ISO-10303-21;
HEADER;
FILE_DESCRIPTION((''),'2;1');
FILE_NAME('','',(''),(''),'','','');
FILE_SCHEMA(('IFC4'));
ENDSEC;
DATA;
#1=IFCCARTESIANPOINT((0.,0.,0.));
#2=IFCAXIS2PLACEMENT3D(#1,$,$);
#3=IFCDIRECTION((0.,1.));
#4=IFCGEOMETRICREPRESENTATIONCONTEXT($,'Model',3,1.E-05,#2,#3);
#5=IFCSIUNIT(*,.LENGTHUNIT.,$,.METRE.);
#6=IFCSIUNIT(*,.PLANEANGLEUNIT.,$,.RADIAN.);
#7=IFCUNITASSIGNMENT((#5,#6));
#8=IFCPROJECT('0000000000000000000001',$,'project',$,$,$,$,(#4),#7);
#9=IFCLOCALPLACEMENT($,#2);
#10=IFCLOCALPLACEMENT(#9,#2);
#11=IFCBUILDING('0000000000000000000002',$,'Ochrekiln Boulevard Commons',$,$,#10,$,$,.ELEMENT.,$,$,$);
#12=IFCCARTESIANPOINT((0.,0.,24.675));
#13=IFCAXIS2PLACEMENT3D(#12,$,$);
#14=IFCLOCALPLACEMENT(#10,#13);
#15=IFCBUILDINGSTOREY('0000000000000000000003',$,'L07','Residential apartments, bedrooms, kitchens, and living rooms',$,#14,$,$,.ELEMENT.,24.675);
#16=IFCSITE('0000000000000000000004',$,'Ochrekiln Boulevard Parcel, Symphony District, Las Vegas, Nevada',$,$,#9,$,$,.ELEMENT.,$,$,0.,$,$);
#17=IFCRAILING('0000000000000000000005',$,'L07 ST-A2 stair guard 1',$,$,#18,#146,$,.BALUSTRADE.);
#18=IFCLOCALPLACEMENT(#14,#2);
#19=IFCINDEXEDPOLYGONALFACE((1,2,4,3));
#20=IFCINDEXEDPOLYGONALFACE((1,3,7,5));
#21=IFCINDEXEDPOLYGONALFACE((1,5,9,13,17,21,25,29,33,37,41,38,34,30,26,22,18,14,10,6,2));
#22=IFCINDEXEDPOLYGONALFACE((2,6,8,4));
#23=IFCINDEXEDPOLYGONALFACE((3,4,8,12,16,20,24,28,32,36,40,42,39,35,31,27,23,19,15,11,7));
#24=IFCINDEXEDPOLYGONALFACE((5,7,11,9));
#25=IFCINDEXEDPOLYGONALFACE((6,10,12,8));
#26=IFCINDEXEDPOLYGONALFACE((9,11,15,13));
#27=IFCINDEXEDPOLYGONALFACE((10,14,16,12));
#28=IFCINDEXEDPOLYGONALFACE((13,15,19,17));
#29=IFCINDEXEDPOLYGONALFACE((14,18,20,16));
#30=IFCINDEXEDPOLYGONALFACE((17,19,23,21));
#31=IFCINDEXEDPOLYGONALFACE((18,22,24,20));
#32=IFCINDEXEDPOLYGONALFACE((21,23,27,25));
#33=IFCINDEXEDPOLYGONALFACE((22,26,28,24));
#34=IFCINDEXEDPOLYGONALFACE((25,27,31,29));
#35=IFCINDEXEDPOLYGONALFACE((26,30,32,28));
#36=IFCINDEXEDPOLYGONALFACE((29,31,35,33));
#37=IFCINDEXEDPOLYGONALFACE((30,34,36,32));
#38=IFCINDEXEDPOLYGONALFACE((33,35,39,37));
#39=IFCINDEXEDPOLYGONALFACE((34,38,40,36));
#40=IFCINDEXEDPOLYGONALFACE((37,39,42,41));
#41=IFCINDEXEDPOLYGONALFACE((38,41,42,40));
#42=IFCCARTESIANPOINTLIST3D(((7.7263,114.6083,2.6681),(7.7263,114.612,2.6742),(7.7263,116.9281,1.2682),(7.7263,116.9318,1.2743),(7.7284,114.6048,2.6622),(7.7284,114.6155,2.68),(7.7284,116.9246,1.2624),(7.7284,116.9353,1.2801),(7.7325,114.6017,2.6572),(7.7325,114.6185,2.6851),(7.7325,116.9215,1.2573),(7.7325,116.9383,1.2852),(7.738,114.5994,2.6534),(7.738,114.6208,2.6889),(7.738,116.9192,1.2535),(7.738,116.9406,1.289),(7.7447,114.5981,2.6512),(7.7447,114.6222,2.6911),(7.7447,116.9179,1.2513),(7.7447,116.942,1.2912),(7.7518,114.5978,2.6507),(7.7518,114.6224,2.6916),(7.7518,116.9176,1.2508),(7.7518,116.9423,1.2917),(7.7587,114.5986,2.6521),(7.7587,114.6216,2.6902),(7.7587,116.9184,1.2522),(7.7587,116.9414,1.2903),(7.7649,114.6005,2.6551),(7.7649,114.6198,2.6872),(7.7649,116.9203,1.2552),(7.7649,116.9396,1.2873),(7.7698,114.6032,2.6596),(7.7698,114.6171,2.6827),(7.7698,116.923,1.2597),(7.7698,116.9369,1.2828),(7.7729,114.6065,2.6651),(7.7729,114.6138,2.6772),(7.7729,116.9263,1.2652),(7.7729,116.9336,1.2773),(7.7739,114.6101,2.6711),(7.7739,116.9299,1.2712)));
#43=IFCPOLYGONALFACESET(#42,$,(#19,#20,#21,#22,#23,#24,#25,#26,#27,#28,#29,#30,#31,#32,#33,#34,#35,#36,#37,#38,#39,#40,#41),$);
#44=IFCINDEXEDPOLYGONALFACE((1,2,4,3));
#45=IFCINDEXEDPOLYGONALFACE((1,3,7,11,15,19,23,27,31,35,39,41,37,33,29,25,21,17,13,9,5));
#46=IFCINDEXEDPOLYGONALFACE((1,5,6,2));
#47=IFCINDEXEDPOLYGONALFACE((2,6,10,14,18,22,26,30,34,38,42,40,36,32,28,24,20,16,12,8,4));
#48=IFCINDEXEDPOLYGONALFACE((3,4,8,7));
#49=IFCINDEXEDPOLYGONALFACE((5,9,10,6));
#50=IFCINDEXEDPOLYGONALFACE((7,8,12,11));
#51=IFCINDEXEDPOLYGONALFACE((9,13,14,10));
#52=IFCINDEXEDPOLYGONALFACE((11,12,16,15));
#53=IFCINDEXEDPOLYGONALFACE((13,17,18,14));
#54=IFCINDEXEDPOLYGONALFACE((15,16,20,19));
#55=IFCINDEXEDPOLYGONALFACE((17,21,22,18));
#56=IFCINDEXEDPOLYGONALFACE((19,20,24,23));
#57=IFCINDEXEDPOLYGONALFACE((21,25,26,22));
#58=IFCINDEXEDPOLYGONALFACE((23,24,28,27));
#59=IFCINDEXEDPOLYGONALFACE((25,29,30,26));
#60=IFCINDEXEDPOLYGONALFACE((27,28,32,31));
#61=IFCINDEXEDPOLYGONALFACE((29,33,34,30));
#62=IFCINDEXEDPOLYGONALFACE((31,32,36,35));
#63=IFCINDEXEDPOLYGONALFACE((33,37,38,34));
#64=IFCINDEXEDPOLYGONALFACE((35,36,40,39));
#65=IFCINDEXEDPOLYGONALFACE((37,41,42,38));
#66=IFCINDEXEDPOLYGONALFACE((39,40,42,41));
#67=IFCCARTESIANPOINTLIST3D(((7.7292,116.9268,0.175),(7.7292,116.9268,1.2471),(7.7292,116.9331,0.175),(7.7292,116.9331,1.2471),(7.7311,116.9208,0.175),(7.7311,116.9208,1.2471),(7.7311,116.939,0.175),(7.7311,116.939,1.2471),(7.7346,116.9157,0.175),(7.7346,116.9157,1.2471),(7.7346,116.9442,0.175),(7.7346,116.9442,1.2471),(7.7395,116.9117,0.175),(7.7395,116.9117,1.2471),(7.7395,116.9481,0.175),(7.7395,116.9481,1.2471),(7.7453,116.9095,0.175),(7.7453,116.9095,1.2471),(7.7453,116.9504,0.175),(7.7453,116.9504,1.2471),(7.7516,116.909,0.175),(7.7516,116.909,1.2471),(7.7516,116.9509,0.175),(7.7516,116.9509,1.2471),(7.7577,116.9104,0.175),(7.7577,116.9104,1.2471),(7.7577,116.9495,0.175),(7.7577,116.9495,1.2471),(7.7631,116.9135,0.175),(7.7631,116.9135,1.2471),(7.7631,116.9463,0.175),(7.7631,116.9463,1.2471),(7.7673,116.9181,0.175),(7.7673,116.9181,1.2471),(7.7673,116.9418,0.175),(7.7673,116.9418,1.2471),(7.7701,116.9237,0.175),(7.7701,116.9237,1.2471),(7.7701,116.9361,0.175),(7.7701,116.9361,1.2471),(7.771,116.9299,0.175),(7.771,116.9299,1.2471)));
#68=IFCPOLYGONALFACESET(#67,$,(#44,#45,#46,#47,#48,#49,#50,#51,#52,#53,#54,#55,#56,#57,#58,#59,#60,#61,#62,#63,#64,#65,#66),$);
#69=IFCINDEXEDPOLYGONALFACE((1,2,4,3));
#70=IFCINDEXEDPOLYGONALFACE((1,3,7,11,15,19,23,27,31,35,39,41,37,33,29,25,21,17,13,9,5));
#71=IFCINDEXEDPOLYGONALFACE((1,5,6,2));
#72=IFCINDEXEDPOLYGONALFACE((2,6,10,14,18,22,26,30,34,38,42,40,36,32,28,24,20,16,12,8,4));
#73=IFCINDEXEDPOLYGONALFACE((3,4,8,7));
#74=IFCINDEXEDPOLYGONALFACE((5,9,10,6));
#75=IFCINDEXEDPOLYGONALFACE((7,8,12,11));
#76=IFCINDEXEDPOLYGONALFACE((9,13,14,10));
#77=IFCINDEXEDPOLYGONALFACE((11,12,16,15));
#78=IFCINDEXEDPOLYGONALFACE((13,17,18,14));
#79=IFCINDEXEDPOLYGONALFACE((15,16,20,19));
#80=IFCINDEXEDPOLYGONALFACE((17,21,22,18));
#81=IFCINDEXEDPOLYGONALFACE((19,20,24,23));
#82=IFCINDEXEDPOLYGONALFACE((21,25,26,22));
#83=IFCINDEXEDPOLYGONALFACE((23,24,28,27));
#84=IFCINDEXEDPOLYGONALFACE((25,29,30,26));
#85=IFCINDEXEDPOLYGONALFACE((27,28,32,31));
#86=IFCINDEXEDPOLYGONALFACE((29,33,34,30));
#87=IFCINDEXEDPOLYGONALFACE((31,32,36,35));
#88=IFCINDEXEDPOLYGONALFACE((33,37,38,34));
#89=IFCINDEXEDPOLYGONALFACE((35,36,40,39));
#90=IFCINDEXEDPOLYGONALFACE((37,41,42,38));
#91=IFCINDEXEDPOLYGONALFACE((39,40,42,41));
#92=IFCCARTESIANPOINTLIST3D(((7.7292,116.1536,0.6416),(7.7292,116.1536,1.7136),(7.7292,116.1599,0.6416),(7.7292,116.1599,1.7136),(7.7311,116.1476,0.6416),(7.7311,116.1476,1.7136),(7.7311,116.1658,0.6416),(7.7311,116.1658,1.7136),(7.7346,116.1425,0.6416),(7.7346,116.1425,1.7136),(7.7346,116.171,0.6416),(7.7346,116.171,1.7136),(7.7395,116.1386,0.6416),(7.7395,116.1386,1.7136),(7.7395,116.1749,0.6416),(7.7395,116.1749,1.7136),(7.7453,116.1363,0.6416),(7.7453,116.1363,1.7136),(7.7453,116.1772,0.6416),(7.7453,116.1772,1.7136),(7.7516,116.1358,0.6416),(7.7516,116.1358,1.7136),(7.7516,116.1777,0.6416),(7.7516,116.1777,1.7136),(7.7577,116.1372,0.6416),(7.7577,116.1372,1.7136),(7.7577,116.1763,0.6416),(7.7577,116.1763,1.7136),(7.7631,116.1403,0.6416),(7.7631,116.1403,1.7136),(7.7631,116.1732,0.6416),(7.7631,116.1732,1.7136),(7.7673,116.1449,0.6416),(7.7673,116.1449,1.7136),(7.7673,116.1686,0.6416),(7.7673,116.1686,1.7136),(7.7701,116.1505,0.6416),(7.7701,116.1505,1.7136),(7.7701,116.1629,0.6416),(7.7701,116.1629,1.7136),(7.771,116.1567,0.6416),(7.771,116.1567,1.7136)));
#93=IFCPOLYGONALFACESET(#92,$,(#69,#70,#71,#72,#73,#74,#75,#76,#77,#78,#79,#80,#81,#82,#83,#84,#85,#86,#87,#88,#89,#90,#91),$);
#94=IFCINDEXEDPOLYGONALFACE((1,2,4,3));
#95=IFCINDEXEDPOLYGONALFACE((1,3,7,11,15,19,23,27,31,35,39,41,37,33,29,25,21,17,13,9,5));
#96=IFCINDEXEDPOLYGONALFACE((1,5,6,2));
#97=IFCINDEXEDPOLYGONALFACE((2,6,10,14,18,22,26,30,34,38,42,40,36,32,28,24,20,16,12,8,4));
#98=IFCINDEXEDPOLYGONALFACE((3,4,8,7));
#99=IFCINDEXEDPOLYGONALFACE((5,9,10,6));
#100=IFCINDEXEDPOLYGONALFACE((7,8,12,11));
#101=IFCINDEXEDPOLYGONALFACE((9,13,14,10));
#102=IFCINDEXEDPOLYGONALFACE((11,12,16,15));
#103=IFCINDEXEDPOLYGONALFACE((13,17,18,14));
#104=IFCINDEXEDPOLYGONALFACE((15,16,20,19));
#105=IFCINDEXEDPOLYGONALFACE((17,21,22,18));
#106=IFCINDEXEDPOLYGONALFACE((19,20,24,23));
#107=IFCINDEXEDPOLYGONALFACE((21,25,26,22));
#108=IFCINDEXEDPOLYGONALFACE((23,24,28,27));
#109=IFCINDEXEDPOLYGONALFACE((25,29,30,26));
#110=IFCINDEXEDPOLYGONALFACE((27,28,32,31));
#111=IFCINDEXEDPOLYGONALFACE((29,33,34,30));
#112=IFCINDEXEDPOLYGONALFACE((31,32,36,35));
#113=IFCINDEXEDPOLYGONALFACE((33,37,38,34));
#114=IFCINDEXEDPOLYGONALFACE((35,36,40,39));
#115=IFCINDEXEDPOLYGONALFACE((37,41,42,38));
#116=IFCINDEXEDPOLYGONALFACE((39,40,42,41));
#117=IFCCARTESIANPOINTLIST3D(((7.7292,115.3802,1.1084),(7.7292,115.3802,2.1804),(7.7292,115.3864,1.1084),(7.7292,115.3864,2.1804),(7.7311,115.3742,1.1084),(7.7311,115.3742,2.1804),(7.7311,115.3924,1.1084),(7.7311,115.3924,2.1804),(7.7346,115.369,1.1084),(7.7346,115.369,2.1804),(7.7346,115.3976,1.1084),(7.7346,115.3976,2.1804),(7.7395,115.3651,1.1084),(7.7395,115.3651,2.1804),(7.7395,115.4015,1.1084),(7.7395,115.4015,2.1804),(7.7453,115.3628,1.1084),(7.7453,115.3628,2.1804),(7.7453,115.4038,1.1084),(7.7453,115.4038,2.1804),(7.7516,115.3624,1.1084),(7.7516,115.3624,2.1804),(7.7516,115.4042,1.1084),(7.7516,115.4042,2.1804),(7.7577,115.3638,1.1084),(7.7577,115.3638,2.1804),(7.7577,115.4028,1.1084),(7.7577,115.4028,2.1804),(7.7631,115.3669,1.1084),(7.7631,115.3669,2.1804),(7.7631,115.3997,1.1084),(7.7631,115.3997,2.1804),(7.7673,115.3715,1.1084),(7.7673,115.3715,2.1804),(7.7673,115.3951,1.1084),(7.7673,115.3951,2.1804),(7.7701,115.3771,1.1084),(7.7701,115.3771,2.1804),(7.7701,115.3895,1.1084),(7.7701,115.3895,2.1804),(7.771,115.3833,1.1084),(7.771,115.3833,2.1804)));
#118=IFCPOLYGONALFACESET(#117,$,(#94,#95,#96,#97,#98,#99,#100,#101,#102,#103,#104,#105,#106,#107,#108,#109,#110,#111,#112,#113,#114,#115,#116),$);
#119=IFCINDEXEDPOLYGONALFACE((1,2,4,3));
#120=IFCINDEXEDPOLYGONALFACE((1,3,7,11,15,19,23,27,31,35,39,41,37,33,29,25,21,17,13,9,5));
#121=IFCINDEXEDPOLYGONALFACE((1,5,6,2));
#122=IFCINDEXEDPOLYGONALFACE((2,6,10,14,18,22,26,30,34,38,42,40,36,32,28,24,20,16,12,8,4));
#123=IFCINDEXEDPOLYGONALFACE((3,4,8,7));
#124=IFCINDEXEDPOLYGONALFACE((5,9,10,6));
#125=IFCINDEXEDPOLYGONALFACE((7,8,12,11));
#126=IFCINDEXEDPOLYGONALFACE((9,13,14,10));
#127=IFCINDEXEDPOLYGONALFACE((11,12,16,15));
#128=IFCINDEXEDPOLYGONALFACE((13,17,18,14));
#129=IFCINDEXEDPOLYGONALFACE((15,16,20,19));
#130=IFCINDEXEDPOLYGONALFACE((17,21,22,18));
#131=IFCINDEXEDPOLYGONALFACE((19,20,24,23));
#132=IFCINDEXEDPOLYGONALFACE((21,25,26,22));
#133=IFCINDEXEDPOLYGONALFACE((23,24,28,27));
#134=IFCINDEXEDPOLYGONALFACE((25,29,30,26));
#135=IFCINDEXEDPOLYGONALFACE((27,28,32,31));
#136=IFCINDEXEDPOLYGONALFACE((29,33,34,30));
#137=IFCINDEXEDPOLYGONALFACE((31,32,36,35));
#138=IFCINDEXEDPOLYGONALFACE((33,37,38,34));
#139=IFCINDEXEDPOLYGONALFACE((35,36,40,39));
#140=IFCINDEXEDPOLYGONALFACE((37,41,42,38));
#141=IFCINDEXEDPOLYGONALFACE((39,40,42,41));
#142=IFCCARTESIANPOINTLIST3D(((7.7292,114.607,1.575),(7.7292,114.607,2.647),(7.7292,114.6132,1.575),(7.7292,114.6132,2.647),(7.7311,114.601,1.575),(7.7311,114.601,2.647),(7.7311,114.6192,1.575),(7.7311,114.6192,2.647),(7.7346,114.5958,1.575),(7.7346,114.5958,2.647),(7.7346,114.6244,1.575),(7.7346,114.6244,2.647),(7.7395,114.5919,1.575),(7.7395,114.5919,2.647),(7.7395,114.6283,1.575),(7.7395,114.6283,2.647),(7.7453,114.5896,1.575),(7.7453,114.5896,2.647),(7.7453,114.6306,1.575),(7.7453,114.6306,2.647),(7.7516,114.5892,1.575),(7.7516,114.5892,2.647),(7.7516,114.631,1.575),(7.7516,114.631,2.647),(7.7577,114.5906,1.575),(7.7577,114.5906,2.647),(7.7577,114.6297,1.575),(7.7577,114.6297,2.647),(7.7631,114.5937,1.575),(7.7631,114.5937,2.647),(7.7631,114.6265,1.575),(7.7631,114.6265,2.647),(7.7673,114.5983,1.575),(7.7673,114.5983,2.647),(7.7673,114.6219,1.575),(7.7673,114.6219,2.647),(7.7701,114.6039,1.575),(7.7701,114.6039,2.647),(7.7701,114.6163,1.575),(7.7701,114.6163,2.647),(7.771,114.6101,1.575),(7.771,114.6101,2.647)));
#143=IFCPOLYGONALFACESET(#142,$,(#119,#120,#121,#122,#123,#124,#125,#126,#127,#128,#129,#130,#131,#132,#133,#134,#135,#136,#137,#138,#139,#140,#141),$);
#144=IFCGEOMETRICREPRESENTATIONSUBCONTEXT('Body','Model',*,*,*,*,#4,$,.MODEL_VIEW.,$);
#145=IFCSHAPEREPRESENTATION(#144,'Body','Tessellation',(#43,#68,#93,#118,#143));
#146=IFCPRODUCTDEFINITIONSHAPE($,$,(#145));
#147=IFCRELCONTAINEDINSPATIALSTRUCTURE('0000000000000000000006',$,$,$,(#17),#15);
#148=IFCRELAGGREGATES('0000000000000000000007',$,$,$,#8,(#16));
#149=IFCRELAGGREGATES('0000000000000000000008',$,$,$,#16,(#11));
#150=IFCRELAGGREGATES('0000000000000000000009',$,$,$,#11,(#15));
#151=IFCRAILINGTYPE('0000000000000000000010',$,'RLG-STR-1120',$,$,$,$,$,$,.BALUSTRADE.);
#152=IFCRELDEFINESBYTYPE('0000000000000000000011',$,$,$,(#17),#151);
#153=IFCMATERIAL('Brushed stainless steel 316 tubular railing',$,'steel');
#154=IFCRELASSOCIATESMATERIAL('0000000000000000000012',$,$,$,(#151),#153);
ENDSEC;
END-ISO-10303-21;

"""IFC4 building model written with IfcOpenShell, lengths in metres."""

from ifc_helpers import new_model, si_unit, direction, frame, origin, origin_2d, place, context, subcontext, project, spatial, circle, extrude, material, type_object, element, save


model = new_model("IFC4")

# Units and contexts
model_context = context("Model", 3, precision=1e-05, world=origin(), true_north=direction((0.0, 1.0)))
body_context = subcontext(model_context, "Body", "Model", "MODEL_VIEW")
ifc_project = project(units=[si_unit("LENGTHUNIT", "METRE"), si_unit("PLANEANGLEUNIT", "RADIAN")], contexts=[model_context])

# Site, building, storey
site_placement = place(None, origin())
site = spatial("IfcSite", under=ifc_project, at=site_placement, Name="Ochrekiln Boulevard Parcel, Symphony District, Las Vegas, Nevada", CompositionType="ELEMENT", RefElevation=0.0)
building_placement = place(site_placement, origin())
building = spatial("IfcBuilding", under=site, at=building_placement, Name="Ochrekiln Boulevard Commons", CompositionType="ELEMENT")
storey_placement = place(building_placement, frame((0.0, 0.0, 24.675)))
storey = spatial("IfcBuildingStorey", under=building, at=storey_placement, Name="L07", Description="Residential apartments, bedrooms, kitchens, and living rooms", CompositionType="ELEMENT", Elevation=24.675)

# Railing
ifc_material_1 = material(Name="Brushed stainless steel 316 tubular railing", Category="steel")
railing_type_1 = type_object("IfcRailingType", Name="RLG-STR-1120", PredefinedType="BALUSTRADE", material=ifc_material_1)
railing_1_placement = place(storey_placement, frame((7.75, 116.9299, 0.175)))
element("IfcRailing", 1, at=railing_1_placement, inside=storey, type_object=railing_type_1, Name="L07 ST-A2 stair guard 1", PredefinedType="BALUSTRADE", context=body_context, shape_type="SweptSolid", body=[
    extrude(circle(Radius=0.0239, at=origin_2d()), frame((0.0, 0.0, 1.0962), z_axis=(0.0, -0.856186, 0.516667), x_axis=(1.0, 0.0, 0.0)), (0.0, 0.0, 1.0), 2.7095),
    extrude(circle(Radius=0.021, at=origin_2d()), origin(), (0.0, 0.0, 1.0), 1.072),
    extrude(circle(Radius=0.021, at=origin_2d()), frame((0.0, -0.7732, 0.4666)), (0.0, 0.0, 1.0), 1.072),
    extrude(circle(Radius=0.021, at=origin_2d()), frame((0.0, -1.5466, 0.9333)), (0.0, 0.0, 1.0), 1.072),
    extrude(circle(Radius=0.021, at=origin_2d()), frame((0.0, -2.3198, 1.3999)), (0.0, 0.0, 1.0), 1.072),
])

save(model, "model.ifc")
